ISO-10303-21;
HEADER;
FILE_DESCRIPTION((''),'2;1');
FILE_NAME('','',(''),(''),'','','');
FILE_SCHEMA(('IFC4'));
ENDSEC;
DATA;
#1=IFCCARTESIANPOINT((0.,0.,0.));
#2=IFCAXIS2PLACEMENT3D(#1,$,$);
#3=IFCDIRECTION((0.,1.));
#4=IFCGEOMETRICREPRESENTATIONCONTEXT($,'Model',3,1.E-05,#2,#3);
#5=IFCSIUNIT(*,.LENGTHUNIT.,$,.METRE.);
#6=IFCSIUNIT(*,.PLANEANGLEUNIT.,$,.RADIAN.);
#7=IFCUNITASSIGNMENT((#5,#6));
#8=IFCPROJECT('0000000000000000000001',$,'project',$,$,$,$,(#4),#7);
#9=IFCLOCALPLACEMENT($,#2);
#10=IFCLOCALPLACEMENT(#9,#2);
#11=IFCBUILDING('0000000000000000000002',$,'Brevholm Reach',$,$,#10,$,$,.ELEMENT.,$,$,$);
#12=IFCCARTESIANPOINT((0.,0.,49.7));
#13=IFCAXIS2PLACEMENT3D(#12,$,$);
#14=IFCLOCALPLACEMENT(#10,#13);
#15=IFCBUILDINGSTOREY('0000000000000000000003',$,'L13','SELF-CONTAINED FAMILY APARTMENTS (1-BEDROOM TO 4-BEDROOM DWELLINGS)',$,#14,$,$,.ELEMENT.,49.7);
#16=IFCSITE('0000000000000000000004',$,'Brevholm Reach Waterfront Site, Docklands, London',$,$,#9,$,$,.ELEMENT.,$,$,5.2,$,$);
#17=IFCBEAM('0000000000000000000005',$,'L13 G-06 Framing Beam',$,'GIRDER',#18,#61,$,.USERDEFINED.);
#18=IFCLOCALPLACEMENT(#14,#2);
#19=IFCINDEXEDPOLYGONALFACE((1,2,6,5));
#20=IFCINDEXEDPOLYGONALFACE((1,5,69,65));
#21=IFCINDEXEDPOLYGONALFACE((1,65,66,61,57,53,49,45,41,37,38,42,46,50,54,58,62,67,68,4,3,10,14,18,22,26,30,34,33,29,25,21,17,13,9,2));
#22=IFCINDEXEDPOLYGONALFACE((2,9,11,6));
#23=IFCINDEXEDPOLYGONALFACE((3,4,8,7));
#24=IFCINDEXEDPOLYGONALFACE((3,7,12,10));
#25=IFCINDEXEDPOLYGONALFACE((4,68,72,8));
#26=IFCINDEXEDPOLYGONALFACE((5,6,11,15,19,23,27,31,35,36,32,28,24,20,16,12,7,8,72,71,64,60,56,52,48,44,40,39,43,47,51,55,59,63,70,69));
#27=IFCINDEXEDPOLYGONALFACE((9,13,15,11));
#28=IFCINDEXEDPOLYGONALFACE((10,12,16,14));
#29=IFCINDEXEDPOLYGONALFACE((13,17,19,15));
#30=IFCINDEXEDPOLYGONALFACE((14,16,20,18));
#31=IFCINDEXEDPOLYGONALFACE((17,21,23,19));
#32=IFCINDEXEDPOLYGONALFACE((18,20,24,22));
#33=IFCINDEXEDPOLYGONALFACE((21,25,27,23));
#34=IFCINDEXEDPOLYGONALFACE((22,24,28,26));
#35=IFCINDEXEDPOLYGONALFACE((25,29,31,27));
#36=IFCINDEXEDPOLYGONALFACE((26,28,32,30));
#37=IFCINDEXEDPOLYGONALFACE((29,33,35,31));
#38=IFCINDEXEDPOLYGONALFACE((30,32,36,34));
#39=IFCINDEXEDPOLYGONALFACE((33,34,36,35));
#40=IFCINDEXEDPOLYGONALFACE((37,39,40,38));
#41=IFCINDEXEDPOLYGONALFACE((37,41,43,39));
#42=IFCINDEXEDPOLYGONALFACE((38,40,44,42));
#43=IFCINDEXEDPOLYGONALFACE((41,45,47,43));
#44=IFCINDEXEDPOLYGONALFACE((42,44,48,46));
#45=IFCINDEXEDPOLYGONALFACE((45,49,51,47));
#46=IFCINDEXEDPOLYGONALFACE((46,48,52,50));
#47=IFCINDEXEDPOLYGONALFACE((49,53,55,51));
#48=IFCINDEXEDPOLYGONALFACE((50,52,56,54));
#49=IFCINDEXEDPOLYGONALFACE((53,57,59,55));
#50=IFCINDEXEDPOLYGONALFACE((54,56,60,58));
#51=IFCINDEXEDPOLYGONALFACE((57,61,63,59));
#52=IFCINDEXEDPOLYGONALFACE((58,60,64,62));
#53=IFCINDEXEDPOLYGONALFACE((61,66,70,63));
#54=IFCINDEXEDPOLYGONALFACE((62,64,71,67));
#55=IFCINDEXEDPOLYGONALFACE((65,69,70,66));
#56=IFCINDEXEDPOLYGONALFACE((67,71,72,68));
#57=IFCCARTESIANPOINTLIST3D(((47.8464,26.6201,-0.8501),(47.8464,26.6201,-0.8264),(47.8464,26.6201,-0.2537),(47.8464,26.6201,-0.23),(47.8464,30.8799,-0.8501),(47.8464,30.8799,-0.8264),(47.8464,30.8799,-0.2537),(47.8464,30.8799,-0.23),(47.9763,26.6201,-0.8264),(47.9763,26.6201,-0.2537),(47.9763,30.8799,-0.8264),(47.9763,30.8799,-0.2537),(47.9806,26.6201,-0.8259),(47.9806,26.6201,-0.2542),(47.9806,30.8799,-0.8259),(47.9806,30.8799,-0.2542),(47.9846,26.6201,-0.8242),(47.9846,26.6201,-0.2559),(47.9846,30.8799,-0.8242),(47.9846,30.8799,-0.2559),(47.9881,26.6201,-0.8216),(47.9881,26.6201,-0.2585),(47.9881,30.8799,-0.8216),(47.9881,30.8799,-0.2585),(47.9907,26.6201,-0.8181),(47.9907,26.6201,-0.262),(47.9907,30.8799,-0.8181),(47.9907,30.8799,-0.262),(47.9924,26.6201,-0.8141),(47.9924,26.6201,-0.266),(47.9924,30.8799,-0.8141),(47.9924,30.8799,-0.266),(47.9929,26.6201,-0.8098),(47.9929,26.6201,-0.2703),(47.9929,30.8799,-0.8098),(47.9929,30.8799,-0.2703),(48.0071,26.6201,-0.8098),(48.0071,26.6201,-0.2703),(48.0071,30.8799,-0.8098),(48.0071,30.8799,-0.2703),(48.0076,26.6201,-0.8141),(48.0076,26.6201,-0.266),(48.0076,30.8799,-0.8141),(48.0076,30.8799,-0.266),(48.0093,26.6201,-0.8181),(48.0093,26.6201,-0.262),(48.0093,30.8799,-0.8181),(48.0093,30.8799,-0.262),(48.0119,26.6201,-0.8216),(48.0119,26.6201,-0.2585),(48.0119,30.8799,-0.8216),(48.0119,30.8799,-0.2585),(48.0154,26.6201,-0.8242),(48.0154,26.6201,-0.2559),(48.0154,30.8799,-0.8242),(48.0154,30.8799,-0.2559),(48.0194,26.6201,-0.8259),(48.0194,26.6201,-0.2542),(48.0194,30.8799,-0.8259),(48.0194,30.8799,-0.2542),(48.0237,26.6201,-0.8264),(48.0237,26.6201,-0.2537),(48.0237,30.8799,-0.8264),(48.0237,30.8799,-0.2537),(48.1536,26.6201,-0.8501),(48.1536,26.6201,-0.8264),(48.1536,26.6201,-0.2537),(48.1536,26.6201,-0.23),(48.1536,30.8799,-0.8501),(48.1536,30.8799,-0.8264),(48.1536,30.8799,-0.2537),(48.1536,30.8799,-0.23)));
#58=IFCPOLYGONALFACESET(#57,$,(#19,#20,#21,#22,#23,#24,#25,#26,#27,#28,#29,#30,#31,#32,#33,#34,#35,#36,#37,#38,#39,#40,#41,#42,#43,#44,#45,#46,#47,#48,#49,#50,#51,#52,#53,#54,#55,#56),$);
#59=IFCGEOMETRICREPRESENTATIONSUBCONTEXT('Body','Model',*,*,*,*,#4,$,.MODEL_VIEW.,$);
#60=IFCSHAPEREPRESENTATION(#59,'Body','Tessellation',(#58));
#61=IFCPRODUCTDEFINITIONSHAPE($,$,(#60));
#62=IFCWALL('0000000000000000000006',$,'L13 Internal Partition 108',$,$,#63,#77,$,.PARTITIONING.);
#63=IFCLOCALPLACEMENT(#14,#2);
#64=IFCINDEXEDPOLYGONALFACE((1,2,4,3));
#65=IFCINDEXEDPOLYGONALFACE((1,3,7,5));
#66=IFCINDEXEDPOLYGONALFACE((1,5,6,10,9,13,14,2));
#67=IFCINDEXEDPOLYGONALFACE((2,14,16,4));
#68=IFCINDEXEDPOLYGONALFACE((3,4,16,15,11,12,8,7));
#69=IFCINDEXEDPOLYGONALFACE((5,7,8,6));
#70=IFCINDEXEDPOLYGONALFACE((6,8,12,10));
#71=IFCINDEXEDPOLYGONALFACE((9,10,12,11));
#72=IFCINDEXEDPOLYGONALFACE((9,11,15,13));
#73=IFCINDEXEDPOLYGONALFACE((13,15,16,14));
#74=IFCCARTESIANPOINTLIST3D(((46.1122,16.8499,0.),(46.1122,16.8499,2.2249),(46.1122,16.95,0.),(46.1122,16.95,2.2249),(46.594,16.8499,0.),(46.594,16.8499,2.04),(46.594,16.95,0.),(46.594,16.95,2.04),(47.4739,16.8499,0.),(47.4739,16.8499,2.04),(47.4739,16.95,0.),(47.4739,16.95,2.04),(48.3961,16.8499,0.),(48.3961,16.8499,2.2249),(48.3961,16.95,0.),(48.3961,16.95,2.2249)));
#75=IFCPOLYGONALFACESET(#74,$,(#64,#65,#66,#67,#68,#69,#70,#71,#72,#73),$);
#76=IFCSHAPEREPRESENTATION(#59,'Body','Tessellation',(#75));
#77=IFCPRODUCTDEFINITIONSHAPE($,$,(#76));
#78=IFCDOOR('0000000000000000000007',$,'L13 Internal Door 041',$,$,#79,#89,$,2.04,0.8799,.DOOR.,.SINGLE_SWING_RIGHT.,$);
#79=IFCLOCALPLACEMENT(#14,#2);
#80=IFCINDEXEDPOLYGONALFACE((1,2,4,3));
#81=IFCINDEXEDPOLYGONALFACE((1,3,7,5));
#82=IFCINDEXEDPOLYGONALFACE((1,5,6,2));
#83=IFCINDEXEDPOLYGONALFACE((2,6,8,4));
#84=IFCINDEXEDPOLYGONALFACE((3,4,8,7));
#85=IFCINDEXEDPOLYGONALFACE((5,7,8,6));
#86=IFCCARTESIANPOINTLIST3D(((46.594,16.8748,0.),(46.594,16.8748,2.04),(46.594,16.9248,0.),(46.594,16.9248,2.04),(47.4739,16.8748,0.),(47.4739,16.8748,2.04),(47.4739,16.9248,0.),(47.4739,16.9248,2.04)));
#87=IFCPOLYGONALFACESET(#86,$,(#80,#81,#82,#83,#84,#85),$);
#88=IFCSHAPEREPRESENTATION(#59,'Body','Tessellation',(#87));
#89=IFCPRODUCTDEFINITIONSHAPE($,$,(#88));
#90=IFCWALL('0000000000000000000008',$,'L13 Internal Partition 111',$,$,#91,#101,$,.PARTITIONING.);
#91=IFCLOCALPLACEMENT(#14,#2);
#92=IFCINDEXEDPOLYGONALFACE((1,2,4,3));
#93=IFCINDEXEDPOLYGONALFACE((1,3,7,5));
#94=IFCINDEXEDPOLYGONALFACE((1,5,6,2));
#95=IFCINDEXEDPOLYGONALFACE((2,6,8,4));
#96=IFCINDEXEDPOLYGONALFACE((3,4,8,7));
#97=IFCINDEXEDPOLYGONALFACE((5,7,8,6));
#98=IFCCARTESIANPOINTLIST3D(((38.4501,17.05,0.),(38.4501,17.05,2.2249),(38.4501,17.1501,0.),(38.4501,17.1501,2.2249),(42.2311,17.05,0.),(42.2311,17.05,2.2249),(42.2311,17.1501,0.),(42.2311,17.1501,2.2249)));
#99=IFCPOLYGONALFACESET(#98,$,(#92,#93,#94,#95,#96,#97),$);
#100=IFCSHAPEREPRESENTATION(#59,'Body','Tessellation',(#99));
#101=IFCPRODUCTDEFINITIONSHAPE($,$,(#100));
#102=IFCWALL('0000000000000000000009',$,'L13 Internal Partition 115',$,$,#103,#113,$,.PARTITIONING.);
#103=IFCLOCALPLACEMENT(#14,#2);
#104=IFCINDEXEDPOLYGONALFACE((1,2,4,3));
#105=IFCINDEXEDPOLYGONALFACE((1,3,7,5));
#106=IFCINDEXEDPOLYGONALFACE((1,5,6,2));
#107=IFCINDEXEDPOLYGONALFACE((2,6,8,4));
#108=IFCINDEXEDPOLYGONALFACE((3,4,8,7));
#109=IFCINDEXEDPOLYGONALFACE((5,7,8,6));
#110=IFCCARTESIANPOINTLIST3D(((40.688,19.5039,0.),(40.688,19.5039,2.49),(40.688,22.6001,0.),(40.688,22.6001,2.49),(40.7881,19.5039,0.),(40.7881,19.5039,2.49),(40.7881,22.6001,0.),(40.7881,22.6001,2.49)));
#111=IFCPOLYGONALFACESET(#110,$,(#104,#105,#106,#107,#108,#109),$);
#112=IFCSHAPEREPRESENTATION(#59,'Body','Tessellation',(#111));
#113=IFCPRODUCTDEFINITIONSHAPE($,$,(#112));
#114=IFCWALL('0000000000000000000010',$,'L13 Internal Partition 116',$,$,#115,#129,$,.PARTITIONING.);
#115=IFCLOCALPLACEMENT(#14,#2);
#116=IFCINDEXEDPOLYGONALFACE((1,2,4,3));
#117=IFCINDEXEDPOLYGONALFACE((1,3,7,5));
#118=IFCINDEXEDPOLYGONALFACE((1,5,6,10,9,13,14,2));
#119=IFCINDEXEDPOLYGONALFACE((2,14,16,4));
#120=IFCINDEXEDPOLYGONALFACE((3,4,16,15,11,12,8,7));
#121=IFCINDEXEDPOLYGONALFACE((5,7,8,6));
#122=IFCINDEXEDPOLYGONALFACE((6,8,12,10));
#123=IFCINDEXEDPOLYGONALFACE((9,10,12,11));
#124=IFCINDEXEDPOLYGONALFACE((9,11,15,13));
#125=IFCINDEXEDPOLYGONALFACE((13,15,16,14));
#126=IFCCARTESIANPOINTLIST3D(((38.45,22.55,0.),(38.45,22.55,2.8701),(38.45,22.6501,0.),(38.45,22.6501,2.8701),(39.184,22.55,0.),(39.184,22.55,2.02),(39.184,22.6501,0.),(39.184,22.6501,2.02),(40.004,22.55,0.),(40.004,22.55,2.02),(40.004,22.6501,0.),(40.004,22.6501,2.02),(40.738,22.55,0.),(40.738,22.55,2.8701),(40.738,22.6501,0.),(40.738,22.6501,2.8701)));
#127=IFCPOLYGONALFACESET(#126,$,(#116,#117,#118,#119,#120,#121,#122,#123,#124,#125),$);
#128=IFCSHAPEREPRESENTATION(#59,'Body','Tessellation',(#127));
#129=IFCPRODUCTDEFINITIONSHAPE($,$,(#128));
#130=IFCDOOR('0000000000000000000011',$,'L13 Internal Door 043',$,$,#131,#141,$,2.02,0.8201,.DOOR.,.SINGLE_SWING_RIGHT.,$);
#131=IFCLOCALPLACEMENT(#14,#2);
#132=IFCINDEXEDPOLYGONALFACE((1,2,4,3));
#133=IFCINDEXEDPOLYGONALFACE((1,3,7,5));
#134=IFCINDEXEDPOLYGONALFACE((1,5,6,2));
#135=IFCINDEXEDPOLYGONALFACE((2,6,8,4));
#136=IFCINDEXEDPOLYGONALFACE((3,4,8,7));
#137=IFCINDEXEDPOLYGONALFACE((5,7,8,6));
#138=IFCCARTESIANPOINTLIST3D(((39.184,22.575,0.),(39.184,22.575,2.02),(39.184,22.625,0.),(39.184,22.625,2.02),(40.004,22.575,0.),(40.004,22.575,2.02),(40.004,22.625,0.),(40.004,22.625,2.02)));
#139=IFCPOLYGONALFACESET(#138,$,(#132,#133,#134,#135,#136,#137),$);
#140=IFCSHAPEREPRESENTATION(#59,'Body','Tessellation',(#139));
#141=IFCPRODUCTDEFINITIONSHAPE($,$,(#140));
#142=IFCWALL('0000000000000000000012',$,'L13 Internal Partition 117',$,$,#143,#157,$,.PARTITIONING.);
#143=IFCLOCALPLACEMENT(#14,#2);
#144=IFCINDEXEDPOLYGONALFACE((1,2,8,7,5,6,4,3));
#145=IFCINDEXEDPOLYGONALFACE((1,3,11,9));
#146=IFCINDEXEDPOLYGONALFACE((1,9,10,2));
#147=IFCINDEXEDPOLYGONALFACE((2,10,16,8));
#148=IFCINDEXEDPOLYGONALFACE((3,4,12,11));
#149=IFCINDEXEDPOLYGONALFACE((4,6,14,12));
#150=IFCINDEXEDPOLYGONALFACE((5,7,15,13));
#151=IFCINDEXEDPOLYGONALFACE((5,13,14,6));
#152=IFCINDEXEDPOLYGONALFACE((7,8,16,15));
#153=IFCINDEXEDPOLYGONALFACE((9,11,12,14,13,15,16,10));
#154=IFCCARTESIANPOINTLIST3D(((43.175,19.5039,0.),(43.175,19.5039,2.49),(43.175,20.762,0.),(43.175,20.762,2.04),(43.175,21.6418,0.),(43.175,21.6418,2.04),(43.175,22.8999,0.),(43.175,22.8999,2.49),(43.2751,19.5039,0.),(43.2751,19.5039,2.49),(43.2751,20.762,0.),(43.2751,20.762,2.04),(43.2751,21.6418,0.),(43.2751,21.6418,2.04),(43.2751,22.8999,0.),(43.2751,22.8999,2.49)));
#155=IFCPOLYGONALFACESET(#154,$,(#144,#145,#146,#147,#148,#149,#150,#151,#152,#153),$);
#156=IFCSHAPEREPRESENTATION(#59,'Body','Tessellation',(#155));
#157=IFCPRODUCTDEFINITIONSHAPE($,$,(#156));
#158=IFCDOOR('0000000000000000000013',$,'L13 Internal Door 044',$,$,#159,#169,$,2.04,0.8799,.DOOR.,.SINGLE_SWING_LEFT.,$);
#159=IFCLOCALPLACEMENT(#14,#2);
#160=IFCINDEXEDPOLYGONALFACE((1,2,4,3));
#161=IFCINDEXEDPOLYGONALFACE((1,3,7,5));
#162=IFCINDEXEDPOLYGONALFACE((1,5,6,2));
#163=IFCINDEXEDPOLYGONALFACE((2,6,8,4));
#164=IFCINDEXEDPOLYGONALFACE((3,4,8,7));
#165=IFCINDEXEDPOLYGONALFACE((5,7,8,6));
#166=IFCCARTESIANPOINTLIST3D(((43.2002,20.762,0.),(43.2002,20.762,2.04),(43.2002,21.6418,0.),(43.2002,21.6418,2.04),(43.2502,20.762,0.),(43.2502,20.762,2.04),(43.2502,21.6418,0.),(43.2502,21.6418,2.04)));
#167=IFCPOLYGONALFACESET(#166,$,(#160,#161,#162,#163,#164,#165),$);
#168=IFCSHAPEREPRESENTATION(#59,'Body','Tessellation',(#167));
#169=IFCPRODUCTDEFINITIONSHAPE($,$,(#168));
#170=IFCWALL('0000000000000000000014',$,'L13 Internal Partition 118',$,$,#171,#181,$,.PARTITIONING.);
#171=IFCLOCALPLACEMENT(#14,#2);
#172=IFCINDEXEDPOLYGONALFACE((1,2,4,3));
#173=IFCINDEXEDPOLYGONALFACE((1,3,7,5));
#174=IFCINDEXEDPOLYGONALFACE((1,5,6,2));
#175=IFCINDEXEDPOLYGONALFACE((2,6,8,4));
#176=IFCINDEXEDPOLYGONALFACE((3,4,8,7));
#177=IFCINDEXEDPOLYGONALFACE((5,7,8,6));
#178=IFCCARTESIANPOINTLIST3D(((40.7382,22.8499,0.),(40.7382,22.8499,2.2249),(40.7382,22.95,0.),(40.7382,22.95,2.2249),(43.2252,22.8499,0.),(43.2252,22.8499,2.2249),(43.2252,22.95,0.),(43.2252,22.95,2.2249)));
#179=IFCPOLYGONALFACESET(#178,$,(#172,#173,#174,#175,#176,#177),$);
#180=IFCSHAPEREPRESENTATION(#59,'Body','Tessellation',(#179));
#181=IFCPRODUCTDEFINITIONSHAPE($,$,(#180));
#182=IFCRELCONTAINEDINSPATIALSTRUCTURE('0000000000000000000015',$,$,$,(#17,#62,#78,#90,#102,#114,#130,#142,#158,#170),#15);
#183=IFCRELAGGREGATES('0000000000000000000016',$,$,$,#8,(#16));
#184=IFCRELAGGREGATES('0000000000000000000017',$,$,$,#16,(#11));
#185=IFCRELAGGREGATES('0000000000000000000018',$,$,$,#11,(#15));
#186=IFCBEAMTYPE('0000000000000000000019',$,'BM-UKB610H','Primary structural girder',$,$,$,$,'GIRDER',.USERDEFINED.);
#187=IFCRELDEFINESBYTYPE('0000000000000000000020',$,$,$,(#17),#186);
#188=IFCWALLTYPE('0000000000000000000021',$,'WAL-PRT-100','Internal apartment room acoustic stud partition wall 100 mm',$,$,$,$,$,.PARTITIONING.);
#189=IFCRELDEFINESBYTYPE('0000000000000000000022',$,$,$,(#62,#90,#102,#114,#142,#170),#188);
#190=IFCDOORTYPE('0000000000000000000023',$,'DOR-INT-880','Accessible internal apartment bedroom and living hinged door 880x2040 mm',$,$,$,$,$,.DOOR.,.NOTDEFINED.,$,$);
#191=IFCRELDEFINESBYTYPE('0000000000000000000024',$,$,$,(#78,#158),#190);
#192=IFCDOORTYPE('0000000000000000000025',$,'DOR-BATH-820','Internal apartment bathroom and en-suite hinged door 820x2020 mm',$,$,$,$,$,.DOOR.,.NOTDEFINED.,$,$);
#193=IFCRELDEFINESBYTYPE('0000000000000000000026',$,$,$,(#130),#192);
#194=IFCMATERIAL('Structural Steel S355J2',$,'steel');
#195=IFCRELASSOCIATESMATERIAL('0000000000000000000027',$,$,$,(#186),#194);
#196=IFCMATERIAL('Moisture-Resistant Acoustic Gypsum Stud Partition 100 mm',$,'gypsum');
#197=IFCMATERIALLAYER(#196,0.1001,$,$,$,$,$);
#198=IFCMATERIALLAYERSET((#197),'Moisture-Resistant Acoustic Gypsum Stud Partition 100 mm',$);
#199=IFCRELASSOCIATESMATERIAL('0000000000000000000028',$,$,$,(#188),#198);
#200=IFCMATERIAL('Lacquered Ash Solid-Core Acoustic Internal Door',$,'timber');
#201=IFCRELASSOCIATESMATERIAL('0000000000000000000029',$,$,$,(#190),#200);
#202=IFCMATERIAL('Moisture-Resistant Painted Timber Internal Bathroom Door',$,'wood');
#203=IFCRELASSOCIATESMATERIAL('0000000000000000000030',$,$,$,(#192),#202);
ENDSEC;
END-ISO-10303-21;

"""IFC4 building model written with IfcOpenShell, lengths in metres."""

from ifc_helpers import new_model, si_unit, direction, frame, frame_2d, origin, origin_2d, place, context, subcontext, project, spatial, rectangle, i_section, extrude, material, layer, layer_set, material_profile, profile_set, type_object, element, fill, save


model = new_model("IFC4")

# Units and contexts
model_context = context("Model", 3, precision=1e-05, world=origin(), true_north=direction((0.0, 1.0)))
body_context = subcontext(model_context, "Body", "Model", "MODEL_VIEW")
ifc_project = project(units=[si_unit("LENGTHUNIT", "METRE"), si_unit("PLANEANGLEUNIT", "RADIAN")], contexts=[model_context])

# Site, building, storey
site_placement = place(None, origin())
site = spatial("IfcSite", under=ifc_project, at=site_placement, Name="Brevholm Reach Waterfront Site, Docklands, London", CompositionType="ELEMENT", RefElevation=5.2)
building_placement = place(site_placement, origin())
building = spatial("IfcBuilding", under=site, at=building_placement, Name="Brevholm Reach", CompositionType="ELEMENT")
storey_placement = place(building_placement, frame((0.0, 0.0, 49.7)))
storey = spatial("IfcBuildingStorey", under=building, at=storey_placement, Name="L13", Description="SELF-CONTAINED FAMILY APARTMENTS (1-BEDROOM TO 4-BEDROOM DWELLINGS)", CompositionType="ELEMENT", Elevation=49.7)

# Beam
ifc_material_1 = material(Name="Structural Steel S355J2", Category="steel")
ifc_material_profile_1 = material_profile(ifc_material_1, i_section(OverallWidth=0.3071, OverallDepth=0.6201, WebThickness=0.0142, FlangeThickness=0.0237, FilletRadius=0.0166, at=origin_2d()), Name="UKB 610x305x179")
ifc_profile_set_1 = profile_set([ifc_material_profile_1], Name="Structural Steel S355J2")
beam_type_1 = type_object("IfcBeamType", Name="BM-UKB610H", Description="Primary structural girder", ElementType="GIRDER", PredefinedType="USERDEFINED", material=ifc_profile_set_1)
beam_1_placement = place(storey_placement, frame((48.0, 26.6201, -0.54), z_axis=(0.0, 1.0, 0.0), x_axis=(-1.0, 0.0, 0.0)))
element("IfcBeam", 1, at=beam_1_placement, inside=storey, type_object=beam_type_1, Name="L13 G-06 Framing Beam", ObjectType="GIRDER", PredefinedType="USERDEFINED", context=body_context, shape_type="SweptSolid", body=[
    extrude(i_section(OverallWidth=0.3071, OverallDepth=0.6201, WebThickness=0.0142, FlangeThickness=0.0237, FilletRadius=0.0166, at=origin_2d()), origin(), (0.0, 0.0, 1.0), 4.2598),
])

# Wall, opening, door
ifc_material_2 = material(Name="Moisture-Resistant Acoustic Gypsum Stud Partition 100 mm", Category="gypsum")
ifc_layer_1 = layer(ifc_material_2, 0.1001)
ifc_layer_set_1 = layer_set([ifc_layer_1], Name="Moisture-Resistant Acoustic Gypsum Stud Partition 100 mm")
wall_type_1 = type_object("IfcWallType", Name="WAL-PRT-100", Description="Internal apartment room acoustic stud partition wall 100 mm", PredefinedType="PARTITIONING", material=ifc_layer_set_1)
wall_1_placement = place(storey_placement, frame((46.1121, 16.8999, 0.0), z_axis=(0.0, 0.0, 1.0), x_axis=(1.0, 0.0, 0.0)))
wall_1 = element("IfcWall", 2, at=wall_1_placement, inside=storey, type_object=wall_type_1, Name="L13 Internal Partition 108", PredefinedType="PARTITIONING", context=body_context, shape_type="SweptSolid", body=[
    extrude(rectangle(XDim=2.2839, YDim=0.1001, at=frame_2d((1.1421, 0.0))), origin(), (0.0, 0.0, 1.0), 2.2249),
])
opening_1_placement = place(wall_1_placement, frame((0.4819, 0.0, 0.0)))
opening_1 = element("IfcOpeningElement", 3, at=opening_1_placement, cuts=wall_1, PredefinedType="OPENING", context=body_context, shape_type="SweptSolid", body=[
    extrude(rectangle(XDim=0.8799, YDim=2.04, at=frame_2d((0.4399, 1.02))), frame((0.0, 0.0601, 0.0), z_axis=(0.0, -1.0, 0.0), x_axis=(1.0, 0.0, 0.0)), (0.0, 0.0, 1.0), 0.1201),
])
ifc_material_3 = material(Name="Lacquered Ash Solid-Core Acoustic Internal Door", Category="timber")
door_type_1 = type_object("IfcDoorType", Name="DOR-INT-880", Description="Accessible internal apartment bedroom and living hinged door 880x2040 mm", OperationType="NOTDEFINED", PredefinedType="DOOR", material=ifc_material_3)
door_1_placement = place(opening_1_placement, origin())
door_1 = element("IfcDoor", 4, at=door_1_placement, inside=storey, type_object=door_type_1, Name="L13 Internal Door 041", OperationType="SINGLE_SWING_RIGHT", OverallHeight=2.04, OverallWidth=0.8799, PredefinedType="DOOR", context=body_context, shape_type="SweptSolid", body=[
    extrude(rectangle(XDim=0.8799, YDim=2.04, at=frame_2d((0.4399, 1.02))), frame((0.0, 0.0249, 0.0), z_axis=(0.0, -1.0, 0.0), x_axis=(1.0, 0.0, 0.0)), (0.0, 0.0, 1.0), 0.05),
])
fill(opening_1, door_1)

# Walls
wall_2_placement = place(storey_placement, frame((38.45, 17.1001, 0.0), z_axis=(0.0, 0.0, 1.0), x_axis=(1.0, 0.0, 0.0)))
element("IfcWall", 5, at=wall_2_placement, inside=storey, type_object=wall_type_1, Name="L13 Internal Partition 111", PredefinedType="PARTITIONING", context=body_context, shape_type="SweptSolid", body=[
    extrude(rectangle(XDim=3.781, YDim=0.1001, at=frame_2d((1.8906, 0.0))), origin(), (0.0, 0.0, 1.0), 2.2249),
])
wall_3_placement = place(storey_placement, frame((40.738, 19.5039, 0.0), z_axis=(0.0, 0.0, 1.0), x_axis=(0.0, 1.0, 0.0)))
element("IfcWall", 6, at=wall_3_placement, inside=storey, type_object=wall_type_1, Name="L13 Internal Partition 115", PredefinedType="PARTITIONING", context=body_context, shape_type="SweptSolid", body=[
    extrude(rectangle(XDim=3.0962, YDim=0.1001, at=frame_2d((1.5481, 0.0))), origin(), (0.0, 0.0, 1.0), 2.49),
])

# Walls, openings, doors
wall_4_placement = place(storey_placement, frame((38.45, 22.6001, 0.0), z_axis=(0.0, 0.0, 1.0), x_axis=(1.0, 0.0, 0.0)))
wall_4 = element("IfcWall", 7, at=wall_4_placement, inside=storey, type_object=wall_type_1, Name="L13 Internal Partition 116", PredefinedType="PARTITIONING", context=body_context, shape_type="SweptSolid", body=[
    extrude(rectangle(XDim=2.2881, YDim=0.1001, at=frame_2d((1.144, 0.0))), origin(), (0.0, 0.0, 1.0), 2.8701),
])
opening_2_placement = place(wall_4_placement, frame((0.7339, 0.0, 0.0)))
opening_2 = element("IfcOpeningElement", 8, at=opening_2_placement, cuts=wall_4, PredefinedType="OPENING", context=body_context, shape_type="SweptSolid", body=[
    extrude(rectangle(XDim=0.8201, YDim=2.02, at=frame_2d((0.4102, 1.01))), frame((0.0, 0.0601, 0.0), z_axis=(0.0, -1.0, 0.0), x_axis=(1.0, 0.0, 0.0)), (0.0, 0.0, 1.0), 0.1201),
])
ifc_material_4 = material(Name="Moisture-Resistant Painted Timber Internal Bathroom Door", Category="wood")
door_type_2 = type_object("IfcDoorType", Name="DOR-BATH-820", Description="Internal apartment bathroom and en-suite hinged door 820x2020 mm", OperationType="NOTDEFINED", PredefinedType="DOOR", material=ifc_material_4)
door_2_placement = place(opening_2_placement, origin())
door_2 = element("IfcDoor", 9, at=door_2_placement, inside=storey, type_object=door_type_2, Name="L13 Internal Door 043", OperationType="SINGLE_SWING_RIGHT", OverallHeight=2.02, OverallWidth=0.8201, PredefinedType="DOOR", context=body_context, shape_type="SweptSolid", body=[
    extrude(rectangle(XDim=0.8201, YDim=2.02, at=frame_2d((0.4102, 1.01))), frame((0.0, 0.0249, 0.0), z_axis=(0.0, -1.0, 0.0), x_axis=(1.0, 0.0, 0.0)), (0.0, 0.0, 1.0), 0.05),
])
fill(opening_2, door_2)
wall_5_placement = place(storey_placement, frame((43.2251, 19.5039, 0.0), z_axis=(0.0, 0.0, 1.0), x_axis=(0.0, 1.0, 0.0)))
wall_5 = element("IfcWall", 10, at=wall_5_placement, inside=storey, type_object=wall_type_1, Name="L13 Internal Partition 117", PredefinedType="PARTITIONING", context=body_context, shape_type="SweptSolid", body=[
    extrude(rectangle(XDim=3.396, YDim=0.1001, at=frame_2d((1.698, 0.0))), origin(), (0.0, 0.0, 1.0), 2.49),
])
opening_3_placement = place(wall_5_placement, frame((1.2581, 0.0, 0.0)))
opening_3 = element("IfcOpeningElement", 11, at=opening_3_placement, cuts=wall_5, PredefinedType="OPENING", context=body_context, shape_type="SweptSolid", body=[
    extrude(rectangle(XDim=0.8799, YDim=2.04, at=frame_2d((0.4399, 1.02))), frame((0.0, 0.0601, 0.0), z_axis=(0.0, -1.0, 0.0), x_axis=(1.0, 0.0, 0.0)), (0.0, 0.0, 1.0), 0.1201),
])
door_3_placement = place(opening_3_placement, origin())
door_3 = element("IfcDoor", 12, at=door_3_placement, inside=storey, type_object=door_type_1, Name="L13 Internal Door 044", OperationType="SINGLE_SWING_LEFT", OverallHeight=2.04, OverallWidth=0.8799, PredefinedType="DOOR", context=body_context, shape_type="SweptSolid", body=[
    extrude(rectangle(XDim=0.8799, YDim=2.04, at=frame_2d((0.4399, 1.02))), frame((0.0, 0.0249, 0.0), z_axis=(0.0, -1.0, 0.0), x_axis=(1.0, 0.0, 0.0)), (0.0, 0.0, 1.0), 0.05),
])
fill(opening_3, door_3)

# Wall
wall_6_placement = place(storey_placement, frame((40.738, 22.8999, 0.0), z_axis=(0.0, 0.0, 1.0), x_axis=(1.0, 0.0, 0.0)))
element("IfcWall", 13, at=wall_6_placement, inside=storey, type_object=wall_type_1, Name="L13 Internal Partition 118", PredefinedType="PARTITIONING", context=body_context, shape_type="SweptSolid", body=[
    extrude(rectangle(XDim=2.4871, YDim=0.1001, at=frame_2d((1.2437, 0.0))), origin(), (0.0, 0.0, 1.0), 2.2249),
])

save(model, "model.ifc")
